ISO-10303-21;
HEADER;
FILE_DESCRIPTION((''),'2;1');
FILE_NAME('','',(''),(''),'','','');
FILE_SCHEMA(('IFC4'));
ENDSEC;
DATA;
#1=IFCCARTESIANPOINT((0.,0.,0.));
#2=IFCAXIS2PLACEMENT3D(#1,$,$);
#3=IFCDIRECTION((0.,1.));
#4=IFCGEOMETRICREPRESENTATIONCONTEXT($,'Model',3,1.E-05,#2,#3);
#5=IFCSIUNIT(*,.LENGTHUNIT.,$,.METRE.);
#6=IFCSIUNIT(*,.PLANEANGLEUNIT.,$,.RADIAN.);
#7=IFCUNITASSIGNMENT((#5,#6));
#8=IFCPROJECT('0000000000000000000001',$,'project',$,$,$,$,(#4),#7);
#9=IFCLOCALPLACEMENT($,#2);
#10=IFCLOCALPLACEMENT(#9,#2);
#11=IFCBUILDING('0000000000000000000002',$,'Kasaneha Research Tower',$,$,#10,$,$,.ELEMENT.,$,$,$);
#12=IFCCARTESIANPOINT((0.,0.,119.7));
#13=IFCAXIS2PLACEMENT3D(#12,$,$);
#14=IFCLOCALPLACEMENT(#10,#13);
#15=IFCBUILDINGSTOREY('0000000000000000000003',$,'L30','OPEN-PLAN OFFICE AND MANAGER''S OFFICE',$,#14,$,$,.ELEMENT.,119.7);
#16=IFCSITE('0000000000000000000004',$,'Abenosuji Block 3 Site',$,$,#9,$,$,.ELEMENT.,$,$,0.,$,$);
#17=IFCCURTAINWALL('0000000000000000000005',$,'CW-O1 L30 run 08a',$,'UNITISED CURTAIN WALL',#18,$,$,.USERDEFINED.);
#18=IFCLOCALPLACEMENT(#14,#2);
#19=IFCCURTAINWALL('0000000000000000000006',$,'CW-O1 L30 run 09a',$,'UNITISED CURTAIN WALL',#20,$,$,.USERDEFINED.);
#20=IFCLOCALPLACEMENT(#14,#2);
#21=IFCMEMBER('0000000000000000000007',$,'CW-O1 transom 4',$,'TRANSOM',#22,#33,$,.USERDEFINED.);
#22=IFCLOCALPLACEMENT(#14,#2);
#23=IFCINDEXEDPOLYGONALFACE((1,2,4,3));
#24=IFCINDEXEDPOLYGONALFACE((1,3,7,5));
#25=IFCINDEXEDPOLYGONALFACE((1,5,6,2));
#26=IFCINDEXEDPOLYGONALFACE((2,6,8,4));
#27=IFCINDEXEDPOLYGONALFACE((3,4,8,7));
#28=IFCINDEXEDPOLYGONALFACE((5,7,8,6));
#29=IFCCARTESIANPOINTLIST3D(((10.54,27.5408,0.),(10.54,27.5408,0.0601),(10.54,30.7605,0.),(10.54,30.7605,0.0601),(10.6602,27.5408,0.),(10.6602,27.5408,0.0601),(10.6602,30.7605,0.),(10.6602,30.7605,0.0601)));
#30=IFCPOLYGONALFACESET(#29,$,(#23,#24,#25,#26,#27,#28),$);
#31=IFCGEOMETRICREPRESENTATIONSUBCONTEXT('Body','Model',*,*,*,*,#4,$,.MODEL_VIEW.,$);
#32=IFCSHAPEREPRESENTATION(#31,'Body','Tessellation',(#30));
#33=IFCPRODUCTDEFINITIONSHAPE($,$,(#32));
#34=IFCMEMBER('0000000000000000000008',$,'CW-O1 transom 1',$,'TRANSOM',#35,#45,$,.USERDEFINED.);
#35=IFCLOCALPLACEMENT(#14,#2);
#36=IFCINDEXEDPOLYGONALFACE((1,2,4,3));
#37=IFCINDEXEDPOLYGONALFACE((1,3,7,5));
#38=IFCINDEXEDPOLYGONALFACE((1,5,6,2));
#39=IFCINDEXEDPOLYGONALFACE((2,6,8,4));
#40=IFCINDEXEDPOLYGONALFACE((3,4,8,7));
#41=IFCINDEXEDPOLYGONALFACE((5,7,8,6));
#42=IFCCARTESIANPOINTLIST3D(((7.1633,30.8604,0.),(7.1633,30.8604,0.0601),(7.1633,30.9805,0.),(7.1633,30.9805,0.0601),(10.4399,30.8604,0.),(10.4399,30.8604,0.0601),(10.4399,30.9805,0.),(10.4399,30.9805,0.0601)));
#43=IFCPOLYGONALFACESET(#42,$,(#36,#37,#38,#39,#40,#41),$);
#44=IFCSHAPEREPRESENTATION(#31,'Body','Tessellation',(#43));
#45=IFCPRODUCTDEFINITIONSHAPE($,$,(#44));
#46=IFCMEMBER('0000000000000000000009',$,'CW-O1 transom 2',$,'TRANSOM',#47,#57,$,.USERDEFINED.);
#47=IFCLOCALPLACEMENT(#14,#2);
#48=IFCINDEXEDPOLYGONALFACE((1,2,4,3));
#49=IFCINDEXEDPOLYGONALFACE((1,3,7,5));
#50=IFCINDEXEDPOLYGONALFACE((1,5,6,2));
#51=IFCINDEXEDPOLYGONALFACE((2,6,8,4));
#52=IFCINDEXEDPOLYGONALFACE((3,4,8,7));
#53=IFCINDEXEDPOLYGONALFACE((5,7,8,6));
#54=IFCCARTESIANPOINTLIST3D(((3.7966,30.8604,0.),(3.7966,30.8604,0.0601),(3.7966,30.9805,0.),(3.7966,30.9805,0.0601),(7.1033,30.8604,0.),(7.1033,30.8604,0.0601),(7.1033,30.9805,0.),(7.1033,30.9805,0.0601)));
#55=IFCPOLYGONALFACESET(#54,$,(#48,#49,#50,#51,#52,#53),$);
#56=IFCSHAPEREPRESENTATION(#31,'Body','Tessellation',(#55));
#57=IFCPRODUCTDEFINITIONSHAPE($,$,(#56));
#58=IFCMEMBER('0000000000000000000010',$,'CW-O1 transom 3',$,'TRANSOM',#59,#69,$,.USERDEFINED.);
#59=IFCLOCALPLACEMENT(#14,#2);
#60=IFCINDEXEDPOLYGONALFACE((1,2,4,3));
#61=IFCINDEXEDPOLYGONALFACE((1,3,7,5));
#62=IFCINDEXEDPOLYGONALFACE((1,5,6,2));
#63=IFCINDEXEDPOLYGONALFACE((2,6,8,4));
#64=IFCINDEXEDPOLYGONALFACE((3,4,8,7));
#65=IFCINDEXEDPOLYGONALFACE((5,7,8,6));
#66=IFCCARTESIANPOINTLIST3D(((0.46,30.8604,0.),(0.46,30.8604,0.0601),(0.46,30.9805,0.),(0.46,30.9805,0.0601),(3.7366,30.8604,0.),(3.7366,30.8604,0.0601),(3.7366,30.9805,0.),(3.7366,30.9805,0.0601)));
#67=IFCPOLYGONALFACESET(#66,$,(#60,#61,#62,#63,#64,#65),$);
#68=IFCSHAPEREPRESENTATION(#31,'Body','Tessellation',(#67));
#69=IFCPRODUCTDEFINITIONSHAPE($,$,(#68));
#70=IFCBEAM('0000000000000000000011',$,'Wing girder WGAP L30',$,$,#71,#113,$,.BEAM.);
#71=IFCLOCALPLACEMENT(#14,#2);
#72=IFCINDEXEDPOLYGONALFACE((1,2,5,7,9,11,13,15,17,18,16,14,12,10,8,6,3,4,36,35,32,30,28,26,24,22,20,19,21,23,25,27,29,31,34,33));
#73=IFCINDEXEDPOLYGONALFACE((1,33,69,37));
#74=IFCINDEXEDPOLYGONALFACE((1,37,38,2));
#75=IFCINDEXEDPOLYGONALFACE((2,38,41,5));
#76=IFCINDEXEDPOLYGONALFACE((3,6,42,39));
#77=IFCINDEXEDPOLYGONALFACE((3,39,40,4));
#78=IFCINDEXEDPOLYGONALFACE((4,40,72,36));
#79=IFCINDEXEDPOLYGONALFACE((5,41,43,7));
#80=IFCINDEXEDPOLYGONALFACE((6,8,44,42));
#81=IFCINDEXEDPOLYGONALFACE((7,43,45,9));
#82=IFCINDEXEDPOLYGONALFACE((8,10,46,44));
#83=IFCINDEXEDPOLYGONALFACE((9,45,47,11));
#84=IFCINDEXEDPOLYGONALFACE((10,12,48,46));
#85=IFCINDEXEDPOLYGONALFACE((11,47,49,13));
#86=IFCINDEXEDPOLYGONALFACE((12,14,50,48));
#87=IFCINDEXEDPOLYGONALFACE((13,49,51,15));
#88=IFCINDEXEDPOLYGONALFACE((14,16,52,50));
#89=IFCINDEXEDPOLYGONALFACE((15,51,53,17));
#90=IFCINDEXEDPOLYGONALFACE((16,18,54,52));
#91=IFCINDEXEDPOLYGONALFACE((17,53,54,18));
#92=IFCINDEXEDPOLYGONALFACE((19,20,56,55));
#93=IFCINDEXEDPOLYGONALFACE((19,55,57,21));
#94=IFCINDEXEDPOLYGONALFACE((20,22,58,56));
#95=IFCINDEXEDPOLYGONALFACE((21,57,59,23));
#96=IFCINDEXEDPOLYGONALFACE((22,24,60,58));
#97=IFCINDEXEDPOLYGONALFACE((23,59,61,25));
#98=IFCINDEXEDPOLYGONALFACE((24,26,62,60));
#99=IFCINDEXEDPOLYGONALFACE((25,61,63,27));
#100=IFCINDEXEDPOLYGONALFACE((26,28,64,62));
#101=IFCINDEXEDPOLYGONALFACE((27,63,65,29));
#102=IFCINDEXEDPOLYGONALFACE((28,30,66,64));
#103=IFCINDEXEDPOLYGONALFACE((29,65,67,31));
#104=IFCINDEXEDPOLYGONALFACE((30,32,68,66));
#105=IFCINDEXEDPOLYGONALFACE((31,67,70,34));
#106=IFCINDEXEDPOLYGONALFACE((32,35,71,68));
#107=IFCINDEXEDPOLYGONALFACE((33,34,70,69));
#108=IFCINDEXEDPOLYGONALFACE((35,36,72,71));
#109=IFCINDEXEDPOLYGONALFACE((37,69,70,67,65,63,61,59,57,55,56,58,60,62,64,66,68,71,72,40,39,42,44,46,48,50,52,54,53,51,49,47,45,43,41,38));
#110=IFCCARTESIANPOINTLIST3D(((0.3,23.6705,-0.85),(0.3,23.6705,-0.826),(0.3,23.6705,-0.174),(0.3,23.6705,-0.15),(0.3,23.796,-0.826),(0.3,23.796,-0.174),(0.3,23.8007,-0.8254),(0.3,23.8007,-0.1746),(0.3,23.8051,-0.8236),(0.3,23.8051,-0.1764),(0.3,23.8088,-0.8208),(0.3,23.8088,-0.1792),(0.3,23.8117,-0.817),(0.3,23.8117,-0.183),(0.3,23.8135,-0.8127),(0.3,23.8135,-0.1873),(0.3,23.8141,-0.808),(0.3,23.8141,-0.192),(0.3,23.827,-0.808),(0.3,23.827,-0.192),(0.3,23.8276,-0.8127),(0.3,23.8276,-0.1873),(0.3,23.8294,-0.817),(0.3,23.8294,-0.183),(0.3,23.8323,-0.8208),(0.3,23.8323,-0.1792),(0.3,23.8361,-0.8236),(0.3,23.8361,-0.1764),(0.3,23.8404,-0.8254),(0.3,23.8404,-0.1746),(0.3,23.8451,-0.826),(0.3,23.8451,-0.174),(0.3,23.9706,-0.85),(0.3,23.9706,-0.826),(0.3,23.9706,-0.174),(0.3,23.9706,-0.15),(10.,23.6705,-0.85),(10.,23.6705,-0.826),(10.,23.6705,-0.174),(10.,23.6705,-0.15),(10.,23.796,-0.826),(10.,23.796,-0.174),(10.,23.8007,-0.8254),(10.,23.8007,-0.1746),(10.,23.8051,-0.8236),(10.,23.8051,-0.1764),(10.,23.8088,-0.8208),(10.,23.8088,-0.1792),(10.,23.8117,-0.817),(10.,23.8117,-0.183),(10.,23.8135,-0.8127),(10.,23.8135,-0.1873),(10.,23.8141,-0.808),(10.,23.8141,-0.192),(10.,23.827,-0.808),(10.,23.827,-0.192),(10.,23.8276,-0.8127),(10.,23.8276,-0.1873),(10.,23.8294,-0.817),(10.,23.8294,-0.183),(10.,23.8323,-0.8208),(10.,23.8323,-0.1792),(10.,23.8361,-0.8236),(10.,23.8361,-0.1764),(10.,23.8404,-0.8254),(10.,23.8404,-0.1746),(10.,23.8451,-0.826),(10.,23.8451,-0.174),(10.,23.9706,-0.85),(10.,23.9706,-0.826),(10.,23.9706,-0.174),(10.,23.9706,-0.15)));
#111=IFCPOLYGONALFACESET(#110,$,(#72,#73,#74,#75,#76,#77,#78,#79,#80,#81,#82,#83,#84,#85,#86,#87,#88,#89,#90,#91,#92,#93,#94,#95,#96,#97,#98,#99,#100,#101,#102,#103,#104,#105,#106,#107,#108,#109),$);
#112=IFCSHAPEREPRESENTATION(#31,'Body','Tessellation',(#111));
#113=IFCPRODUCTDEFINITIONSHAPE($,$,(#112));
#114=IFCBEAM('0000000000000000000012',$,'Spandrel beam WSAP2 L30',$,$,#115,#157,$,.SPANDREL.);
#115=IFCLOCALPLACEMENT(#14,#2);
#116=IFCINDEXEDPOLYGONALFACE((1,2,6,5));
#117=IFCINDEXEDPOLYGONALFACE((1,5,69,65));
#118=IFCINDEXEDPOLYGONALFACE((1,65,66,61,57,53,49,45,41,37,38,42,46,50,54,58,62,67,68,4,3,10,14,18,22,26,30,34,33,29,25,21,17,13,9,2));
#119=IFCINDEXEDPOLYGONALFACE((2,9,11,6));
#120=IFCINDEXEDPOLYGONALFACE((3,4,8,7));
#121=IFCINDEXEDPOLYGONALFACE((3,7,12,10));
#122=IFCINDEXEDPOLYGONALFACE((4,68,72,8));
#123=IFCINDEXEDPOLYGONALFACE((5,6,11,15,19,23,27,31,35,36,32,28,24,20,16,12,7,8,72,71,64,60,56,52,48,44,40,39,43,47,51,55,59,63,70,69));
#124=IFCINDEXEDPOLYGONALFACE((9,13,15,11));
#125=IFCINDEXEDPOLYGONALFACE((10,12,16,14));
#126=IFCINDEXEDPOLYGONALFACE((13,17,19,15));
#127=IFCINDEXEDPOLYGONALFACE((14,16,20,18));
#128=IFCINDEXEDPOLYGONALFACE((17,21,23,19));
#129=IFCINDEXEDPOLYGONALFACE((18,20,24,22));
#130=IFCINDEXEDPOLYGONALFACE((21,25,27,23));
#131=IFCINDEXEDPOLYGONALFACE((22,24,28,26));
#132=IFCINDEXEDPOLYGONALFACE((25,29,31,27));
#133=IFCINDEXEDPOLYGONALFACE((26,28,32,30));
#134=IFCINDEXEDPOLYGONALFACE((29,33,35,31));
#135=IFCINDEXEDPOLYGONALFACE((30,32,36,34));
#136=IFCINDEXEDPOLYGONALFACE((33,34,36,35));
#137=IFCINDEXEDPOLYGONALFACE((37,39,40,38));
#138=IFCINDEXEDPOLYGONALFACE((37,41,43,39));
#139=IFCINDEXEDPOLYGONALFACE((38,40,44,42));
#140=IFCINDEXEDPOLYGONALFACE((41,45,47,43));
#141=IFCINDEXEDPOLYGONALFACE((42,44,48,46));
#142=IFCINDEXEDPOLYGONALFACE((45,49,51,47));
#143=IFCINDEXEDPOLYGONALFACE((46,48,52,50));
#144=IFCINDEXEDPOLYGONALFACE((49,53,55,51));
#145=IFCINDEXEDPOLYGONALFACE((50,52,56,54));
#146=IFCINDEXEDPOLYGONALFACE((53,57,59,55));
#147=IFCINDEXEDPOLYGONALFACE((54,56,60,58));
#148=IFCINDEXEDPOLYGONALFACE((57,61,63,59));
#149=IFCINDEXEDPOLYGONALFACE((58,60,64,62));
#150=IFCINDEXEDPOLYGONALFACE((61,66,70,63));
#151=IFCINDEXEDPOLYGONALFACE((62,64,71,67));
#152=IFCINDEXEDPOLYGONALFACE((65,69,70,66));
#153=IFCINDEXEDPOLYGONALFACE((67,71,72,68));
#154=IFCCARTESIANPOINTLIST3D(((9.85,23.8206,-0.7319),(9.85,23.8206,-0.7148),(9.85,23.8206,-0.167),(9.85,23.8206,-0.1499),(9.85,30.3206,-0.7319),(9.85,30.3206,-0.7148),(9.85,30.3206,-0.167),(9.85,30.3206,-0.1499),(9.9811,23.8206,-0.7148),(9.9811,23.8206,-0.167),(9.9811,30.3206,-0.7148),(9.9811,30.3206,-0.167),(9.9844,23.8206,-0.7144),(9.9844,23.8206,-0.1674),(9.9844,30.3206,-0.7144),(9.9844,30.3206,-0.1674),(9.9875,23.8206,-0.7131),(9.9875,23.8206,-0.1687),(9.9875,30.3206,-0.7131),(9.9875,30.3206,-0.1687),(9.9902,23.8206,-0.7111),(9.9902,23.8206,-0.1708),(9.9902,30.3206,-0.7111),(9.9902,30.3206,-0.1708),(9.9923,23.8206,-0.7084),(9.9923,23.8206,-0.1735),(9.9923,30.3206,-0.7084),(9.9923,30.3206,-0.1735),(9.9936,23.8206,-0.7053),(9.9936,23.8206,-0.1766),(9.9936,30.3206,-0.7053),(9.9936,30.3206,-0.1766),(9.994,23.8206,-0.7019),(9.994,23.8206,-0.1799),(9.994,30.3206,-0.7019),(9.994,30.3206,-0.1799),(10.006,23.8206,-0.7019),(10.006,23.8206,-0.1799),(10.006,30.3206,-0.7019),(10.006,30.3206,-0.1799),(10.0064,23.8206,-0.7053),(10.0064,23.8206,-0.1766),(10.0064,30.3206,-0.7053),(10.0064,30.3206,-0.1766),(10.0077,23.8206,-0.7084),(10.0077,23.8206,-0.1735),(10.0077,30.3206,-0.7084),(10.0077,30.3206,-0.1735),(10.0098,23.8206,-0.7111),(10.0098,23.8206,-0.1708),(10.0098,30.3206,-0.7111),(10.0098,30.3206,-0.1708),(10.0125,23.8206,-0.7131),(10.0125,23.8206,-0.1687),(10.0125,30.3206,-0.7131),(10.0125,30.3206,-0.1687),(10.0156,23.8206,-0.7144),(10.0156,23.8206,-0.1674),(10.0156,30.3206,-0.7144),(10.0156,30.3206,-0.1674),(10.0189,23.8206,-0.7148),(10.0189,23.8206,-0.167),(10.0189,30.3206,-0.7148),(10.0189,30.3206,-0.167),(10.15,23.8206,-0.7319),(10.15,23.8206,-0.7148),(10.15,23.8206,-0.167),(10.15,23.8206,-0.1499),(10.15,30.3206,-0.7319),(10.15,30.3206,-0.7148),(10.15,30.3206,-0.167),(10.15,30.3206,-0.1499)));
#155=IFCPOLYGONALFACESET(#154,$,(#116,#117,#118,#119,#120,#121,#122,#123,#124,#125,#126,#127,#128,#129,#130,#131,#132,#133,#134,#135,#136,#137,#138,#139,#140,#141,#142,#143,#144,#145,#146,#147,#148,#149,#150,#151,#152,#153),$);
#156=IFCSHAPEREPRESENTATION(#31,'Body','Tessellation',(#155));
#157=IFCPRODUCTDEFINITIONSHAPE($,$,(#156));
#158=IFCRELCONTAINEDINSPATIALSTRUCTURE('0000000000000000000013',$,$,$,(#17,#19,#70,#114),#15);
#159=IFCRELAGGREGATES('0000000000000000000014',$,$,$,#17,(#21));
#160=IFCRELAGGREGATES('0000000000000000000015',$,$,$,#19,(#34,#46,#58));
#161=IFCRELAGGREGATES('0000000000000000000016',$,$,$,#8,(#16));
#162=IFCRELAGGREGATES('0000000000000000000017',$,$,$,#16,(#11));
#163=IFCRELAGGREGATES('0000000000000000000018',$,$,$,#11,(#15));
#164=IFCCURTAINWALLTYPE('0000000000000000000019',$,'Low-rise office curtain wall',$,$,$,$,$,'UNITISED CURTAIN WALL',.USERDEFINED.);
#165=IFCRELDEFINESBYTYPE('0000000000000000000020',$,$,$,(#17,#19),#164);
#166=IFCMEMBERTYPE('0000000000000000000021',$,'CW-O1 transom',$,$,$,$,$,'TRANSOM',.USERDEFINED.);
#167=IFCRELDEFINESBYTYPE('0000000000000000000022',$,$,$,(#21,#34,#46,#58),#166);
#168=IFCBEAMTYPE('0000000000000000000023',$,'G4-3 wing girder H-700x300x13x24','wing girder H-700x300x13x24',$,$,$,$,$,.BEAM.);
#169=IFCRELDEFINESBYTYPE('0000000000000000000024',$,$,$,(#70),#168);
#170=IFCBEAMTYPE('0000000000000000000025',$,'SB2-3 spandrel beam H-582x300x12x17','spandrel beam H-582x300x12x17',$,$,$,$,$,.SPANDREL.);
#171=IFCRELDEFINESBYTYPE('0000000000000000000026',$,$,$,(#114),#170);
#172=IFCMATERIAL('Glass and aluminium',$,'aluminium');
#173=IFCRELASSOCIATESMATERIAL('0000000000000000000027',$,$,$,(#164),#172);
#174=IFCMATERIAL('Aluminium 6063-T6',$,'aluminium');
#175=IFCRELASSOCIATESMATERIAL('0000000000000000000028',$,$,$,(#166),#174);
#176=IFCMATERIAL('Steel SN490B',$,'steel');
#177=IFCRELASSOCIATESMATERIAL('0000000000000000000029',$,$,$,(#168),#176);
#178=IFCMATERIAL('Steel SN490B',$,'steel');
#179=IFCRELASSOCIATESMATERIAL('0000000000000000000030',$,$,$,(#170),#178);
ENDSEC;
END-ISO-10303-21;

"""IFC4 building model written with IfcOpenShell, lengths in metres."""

from ifc_helpers import new_model, si_unit, direction, frame, origin, origin_2d, place, context, subcontext, project, spatial, rectangle, i_section, extrude, material, material_profile, profile_set, type_object, element, aggregate, save


model = new_model("IFC4")

# Units and contexts
model_context = context("Model", 3, precision=1e-05, world=origin(), true_north=direction((0.0, 1.0)))
body_context = subcontext(model_context, "Body", "Model", "MODEL_VIEW")
ifc_project = project(units=[si_unit("LENGTHUNIT", "METRE"), si_unit("PLANEANGLEUNIT", "RADIAN")], contexts=[model_context])

# Site, building, storey
site_placement = place(None, origin())
site = spatial("IfcSite", under=ifc_project, at=site_placement, Name="Abenosuji Block 3 Site", CompositionType="ELEMENT", RefElevation=0.0)
building_placement = place(site_placement, origin())
building = spatial("IfcBuilding", under=site, at=building_placement, Name="Kasaneha Research Tower", CompositionType="ELEMENT")
storey_placement = place(building_placement, frame((0.0, 0.0, 119.7)))
storey = spatial("IfcBuildingStorey", under=building, at=storey_placement, Name="L30", Description="OPEN-PLAN OFFICE AND MANAGER'S OFFICE", CompositionType="ELEMENT", Elevation=119.7)

# Curtain walls
ifc_material_1 = material(Name="Glass and aluminium", Category="aluminium")
curtain_wall_type = type_object("IfcCurtainWallType", Name="Low-rise office curtain wall", ElementType="UNITISED CURTAIN WALL", PredefinedType="USERDEFINED", material=ifc_material_1)
curtain_wall_1_placement = place(storey_placement, origin())
curtain_wall_1 = element("IfcCurtainWall", 1, at=curtain_wall_1_placement, inside=storey, type_object=curtain_wall_type, Name="CW-O1 L30 run 08a", ObjectType="UNITISED CURTAIN WALL", PredefinedType="USERDEFINED")
curtain_wall_2_placement = place(storey_placement, origin())
curtain_wall_2 = element("IfcCurtainWall", 2, at=curtain_wall_2_placement, inside=storey, type_object=curtain_wall_type, Name="CW-O1 L30 run 09a", ObjectType="UNITISED CURTAIN WALL", PredefinedType="USERDEFINED")

# Members
ifc_material_2 = material(Name="Aluminium 6063-T6", Category="aluminium")
ifc_material_profile_1 = material_profile(ifc_material_2, rectangle(XDim=0.1201, YDim=0.0601, at=origin_2d()), Name="CW-O1 transom 120x60")
ifc_profile_set_1 = profile_set([ifc_material_profile_1], Name="Aluminium 6063-T6")
member_type_1 = type_object("IfcMemberType", Name="CW-O1 transom", ElementType="TRANSOM", PredefinedType="USERDEFINED", material=ifc_profile_set_1)
member_1_placement = place(storey_placement, frame((10.6001, 27.5408, 0.03), z_axis=(0.0, 1.0, 0.0), x_axis=(-1.0, 0.0, 0.0)))
member_1 = element("IfcMember", 3, at=member_1_placement, type_object=member_type_1, Name="CW-O1 transom 4", ObjectType="TRANSOM", PredefinedType="USERDEFINED", context=body_context, shape_type="SweptSolid", body=[
    extrude(rectangle(XDim=0.1201, YDim=0.0601, at=origin_2d()), origin(), (0.0, 0.0, 1.0), 3.2197),
])
member_2_placement = place(storey_placement, frame((10.4399, 30.9204, 0.03), z_axis=(-1.0, 0.0, 0.0), x_axis=(0.0, -1.0, 0.0)))
member_2 = element("IfcMember", 4, at=member_2_placement, type_object=member_type_1, Name="CW-O1 transom 1", ObjectType="TRANSOM", PredefinedType="USERDEFINED", context=body_context, shape_type="SweptSolid", body=[
    extrude(rectangle(XDim=0.1201, YDim=0.0601, at=origin_2d()), origin(), (0.0, 0.0, 1.0), 3.2766),
])
member_3_placement = place(storey_placement, frame((7.1033, 30.9204, 0.03), z_axis=(-1.0, 0.0, 0.0), x_axis=(0.0, -1.0, 0.0)))
member_3 = element("IfcMember", 5, at=member_3_placement, type_object=member_type_1, Name="CW-O1 transom 2", ObjectType="TRANSOM", PredefinedType="USERDEFINED", context=body_context, shape_type="SweptSolid", body=[
    extrude(rectangle(XDim=0.1201, YDim=0.0601, at=origin_2d()), origin(), (0.0, 0.0, 1.0), 3.3066),
])
member_4_placement = place(storey_placement, frame((3.7366, 30.9204, 0.03), z_axis=(-1.0, 0.0, 0.0), x_axis=(0.0, -1.0, 0.0)))
member_4 = element("IfcMember", 6, at=member_4_placement, type_object=member_type_1, Name="CW-O1 transom 3", ObjectType="TRANSOM", PredefinedType="USERDEFINED", context=body_context, shape_type="SweptSolid", body=[
    extrude(rectangle(XDim=0.1201, YDim=0.0601, at=origin_2d()), origin(), (0.0, 0.0, 1.0), 3.2766),
])

# Beams
ifc_material_3 = material(Name="Steel SN490B", Category="steel")
ifc_material_profile_2 = material_profile(ifc_material_3, i_section(OverallWidth=0.3, OverallDepth=0.7, WebThickness=0.0129, FlangeThickness=0.0239, FilletRadius=0.0181, at=origin_2d()), Name="H-700x300x13x24")
ifc_profile_set_2 = profile_set([ifc_material_profile_2], Name="Steel SN490B")
beam_type_1 = type_object("IfcBeamType", Name="G4-3 wing girder H-700x300x13x24", Description="wing girder H-700x300x13x24", PredefinedType="BEAM", material=ifc_profile_set_2)
beam_1_placement = place(storey_placement, frame((10.0, 23.8206, -0.5), z_axis=(-1.0, 0.0, 0.0), x_axis=(0.0, -1.0, 0.0)))
element("IfcBeam", 7, at=beam_1_placement, inside=storey, type_object=beam_type_1, Name="Wing girder WGAP L30", PredefinedType="BEAM", context=body_context, shape_type="SweptSolid", body=[
    extrude(i_section(OverallWidth=0.3, OverallDepth=0.7, WebThickness=0.0129, FlangeThickness=0.0239, FilletRadius=0.0181, at=origin_2d()), origin(), (0.0, 0.0, 1.0), 9.7),
])
ifc_material_4 = material(Name="Steel SN490B", Category="steel")
ifc_material_profile_3 = material_profile(ifc_material_4, i_section(OverallWidth=0.3, OverallDepth=0.582, WebThickness=0.012, FlangeThickness=0.0171, FilletRadius=0.0129, at=origin_2d()), Name="H-582x300x12x17")
ifc_profile_set_3 = profile_set([ifc_material_profile_3], Name="Steel SN490B")
beam_type_2 = type_object("IfcBeamType", Name="SB2-3 spandrel beam H-582x300x12x17", Description="spandrel beam H-582x300x12x17", PredefinedType="SPANDREL", material=ifc_profile_set_3)
beam_2_placement = place(storey_placement, frame((10.0, 23.8206, -0.4409), z_axis=(0.0, 1.0, 0.0), x_axis=(-1.0, 0.0, 0.0)))
element("IfcBeam", 8, at=beam_2_placement, inside=storey, type_object=beam_type_2, Name="Spandrel beam WSAP2 L30", PredefinedType="SPANDREL", context=body_context, shape_type="SweptSolid", body=[
    extrude(i_section(OverallWidth=0.3, OverallDepth=0.582, WebThickness=0.012, FlangeThickness=0.0171, FilletRadius=0.0129, at=origin_2d()), origin(), (0.0, 0.0, 1.0), 6.5),
])

aggregate(curtain_wall_1, [member_1])
aggregate(curtain_wall_2, [member_2, member_3, member_4])

save(model, "model.ifc")
